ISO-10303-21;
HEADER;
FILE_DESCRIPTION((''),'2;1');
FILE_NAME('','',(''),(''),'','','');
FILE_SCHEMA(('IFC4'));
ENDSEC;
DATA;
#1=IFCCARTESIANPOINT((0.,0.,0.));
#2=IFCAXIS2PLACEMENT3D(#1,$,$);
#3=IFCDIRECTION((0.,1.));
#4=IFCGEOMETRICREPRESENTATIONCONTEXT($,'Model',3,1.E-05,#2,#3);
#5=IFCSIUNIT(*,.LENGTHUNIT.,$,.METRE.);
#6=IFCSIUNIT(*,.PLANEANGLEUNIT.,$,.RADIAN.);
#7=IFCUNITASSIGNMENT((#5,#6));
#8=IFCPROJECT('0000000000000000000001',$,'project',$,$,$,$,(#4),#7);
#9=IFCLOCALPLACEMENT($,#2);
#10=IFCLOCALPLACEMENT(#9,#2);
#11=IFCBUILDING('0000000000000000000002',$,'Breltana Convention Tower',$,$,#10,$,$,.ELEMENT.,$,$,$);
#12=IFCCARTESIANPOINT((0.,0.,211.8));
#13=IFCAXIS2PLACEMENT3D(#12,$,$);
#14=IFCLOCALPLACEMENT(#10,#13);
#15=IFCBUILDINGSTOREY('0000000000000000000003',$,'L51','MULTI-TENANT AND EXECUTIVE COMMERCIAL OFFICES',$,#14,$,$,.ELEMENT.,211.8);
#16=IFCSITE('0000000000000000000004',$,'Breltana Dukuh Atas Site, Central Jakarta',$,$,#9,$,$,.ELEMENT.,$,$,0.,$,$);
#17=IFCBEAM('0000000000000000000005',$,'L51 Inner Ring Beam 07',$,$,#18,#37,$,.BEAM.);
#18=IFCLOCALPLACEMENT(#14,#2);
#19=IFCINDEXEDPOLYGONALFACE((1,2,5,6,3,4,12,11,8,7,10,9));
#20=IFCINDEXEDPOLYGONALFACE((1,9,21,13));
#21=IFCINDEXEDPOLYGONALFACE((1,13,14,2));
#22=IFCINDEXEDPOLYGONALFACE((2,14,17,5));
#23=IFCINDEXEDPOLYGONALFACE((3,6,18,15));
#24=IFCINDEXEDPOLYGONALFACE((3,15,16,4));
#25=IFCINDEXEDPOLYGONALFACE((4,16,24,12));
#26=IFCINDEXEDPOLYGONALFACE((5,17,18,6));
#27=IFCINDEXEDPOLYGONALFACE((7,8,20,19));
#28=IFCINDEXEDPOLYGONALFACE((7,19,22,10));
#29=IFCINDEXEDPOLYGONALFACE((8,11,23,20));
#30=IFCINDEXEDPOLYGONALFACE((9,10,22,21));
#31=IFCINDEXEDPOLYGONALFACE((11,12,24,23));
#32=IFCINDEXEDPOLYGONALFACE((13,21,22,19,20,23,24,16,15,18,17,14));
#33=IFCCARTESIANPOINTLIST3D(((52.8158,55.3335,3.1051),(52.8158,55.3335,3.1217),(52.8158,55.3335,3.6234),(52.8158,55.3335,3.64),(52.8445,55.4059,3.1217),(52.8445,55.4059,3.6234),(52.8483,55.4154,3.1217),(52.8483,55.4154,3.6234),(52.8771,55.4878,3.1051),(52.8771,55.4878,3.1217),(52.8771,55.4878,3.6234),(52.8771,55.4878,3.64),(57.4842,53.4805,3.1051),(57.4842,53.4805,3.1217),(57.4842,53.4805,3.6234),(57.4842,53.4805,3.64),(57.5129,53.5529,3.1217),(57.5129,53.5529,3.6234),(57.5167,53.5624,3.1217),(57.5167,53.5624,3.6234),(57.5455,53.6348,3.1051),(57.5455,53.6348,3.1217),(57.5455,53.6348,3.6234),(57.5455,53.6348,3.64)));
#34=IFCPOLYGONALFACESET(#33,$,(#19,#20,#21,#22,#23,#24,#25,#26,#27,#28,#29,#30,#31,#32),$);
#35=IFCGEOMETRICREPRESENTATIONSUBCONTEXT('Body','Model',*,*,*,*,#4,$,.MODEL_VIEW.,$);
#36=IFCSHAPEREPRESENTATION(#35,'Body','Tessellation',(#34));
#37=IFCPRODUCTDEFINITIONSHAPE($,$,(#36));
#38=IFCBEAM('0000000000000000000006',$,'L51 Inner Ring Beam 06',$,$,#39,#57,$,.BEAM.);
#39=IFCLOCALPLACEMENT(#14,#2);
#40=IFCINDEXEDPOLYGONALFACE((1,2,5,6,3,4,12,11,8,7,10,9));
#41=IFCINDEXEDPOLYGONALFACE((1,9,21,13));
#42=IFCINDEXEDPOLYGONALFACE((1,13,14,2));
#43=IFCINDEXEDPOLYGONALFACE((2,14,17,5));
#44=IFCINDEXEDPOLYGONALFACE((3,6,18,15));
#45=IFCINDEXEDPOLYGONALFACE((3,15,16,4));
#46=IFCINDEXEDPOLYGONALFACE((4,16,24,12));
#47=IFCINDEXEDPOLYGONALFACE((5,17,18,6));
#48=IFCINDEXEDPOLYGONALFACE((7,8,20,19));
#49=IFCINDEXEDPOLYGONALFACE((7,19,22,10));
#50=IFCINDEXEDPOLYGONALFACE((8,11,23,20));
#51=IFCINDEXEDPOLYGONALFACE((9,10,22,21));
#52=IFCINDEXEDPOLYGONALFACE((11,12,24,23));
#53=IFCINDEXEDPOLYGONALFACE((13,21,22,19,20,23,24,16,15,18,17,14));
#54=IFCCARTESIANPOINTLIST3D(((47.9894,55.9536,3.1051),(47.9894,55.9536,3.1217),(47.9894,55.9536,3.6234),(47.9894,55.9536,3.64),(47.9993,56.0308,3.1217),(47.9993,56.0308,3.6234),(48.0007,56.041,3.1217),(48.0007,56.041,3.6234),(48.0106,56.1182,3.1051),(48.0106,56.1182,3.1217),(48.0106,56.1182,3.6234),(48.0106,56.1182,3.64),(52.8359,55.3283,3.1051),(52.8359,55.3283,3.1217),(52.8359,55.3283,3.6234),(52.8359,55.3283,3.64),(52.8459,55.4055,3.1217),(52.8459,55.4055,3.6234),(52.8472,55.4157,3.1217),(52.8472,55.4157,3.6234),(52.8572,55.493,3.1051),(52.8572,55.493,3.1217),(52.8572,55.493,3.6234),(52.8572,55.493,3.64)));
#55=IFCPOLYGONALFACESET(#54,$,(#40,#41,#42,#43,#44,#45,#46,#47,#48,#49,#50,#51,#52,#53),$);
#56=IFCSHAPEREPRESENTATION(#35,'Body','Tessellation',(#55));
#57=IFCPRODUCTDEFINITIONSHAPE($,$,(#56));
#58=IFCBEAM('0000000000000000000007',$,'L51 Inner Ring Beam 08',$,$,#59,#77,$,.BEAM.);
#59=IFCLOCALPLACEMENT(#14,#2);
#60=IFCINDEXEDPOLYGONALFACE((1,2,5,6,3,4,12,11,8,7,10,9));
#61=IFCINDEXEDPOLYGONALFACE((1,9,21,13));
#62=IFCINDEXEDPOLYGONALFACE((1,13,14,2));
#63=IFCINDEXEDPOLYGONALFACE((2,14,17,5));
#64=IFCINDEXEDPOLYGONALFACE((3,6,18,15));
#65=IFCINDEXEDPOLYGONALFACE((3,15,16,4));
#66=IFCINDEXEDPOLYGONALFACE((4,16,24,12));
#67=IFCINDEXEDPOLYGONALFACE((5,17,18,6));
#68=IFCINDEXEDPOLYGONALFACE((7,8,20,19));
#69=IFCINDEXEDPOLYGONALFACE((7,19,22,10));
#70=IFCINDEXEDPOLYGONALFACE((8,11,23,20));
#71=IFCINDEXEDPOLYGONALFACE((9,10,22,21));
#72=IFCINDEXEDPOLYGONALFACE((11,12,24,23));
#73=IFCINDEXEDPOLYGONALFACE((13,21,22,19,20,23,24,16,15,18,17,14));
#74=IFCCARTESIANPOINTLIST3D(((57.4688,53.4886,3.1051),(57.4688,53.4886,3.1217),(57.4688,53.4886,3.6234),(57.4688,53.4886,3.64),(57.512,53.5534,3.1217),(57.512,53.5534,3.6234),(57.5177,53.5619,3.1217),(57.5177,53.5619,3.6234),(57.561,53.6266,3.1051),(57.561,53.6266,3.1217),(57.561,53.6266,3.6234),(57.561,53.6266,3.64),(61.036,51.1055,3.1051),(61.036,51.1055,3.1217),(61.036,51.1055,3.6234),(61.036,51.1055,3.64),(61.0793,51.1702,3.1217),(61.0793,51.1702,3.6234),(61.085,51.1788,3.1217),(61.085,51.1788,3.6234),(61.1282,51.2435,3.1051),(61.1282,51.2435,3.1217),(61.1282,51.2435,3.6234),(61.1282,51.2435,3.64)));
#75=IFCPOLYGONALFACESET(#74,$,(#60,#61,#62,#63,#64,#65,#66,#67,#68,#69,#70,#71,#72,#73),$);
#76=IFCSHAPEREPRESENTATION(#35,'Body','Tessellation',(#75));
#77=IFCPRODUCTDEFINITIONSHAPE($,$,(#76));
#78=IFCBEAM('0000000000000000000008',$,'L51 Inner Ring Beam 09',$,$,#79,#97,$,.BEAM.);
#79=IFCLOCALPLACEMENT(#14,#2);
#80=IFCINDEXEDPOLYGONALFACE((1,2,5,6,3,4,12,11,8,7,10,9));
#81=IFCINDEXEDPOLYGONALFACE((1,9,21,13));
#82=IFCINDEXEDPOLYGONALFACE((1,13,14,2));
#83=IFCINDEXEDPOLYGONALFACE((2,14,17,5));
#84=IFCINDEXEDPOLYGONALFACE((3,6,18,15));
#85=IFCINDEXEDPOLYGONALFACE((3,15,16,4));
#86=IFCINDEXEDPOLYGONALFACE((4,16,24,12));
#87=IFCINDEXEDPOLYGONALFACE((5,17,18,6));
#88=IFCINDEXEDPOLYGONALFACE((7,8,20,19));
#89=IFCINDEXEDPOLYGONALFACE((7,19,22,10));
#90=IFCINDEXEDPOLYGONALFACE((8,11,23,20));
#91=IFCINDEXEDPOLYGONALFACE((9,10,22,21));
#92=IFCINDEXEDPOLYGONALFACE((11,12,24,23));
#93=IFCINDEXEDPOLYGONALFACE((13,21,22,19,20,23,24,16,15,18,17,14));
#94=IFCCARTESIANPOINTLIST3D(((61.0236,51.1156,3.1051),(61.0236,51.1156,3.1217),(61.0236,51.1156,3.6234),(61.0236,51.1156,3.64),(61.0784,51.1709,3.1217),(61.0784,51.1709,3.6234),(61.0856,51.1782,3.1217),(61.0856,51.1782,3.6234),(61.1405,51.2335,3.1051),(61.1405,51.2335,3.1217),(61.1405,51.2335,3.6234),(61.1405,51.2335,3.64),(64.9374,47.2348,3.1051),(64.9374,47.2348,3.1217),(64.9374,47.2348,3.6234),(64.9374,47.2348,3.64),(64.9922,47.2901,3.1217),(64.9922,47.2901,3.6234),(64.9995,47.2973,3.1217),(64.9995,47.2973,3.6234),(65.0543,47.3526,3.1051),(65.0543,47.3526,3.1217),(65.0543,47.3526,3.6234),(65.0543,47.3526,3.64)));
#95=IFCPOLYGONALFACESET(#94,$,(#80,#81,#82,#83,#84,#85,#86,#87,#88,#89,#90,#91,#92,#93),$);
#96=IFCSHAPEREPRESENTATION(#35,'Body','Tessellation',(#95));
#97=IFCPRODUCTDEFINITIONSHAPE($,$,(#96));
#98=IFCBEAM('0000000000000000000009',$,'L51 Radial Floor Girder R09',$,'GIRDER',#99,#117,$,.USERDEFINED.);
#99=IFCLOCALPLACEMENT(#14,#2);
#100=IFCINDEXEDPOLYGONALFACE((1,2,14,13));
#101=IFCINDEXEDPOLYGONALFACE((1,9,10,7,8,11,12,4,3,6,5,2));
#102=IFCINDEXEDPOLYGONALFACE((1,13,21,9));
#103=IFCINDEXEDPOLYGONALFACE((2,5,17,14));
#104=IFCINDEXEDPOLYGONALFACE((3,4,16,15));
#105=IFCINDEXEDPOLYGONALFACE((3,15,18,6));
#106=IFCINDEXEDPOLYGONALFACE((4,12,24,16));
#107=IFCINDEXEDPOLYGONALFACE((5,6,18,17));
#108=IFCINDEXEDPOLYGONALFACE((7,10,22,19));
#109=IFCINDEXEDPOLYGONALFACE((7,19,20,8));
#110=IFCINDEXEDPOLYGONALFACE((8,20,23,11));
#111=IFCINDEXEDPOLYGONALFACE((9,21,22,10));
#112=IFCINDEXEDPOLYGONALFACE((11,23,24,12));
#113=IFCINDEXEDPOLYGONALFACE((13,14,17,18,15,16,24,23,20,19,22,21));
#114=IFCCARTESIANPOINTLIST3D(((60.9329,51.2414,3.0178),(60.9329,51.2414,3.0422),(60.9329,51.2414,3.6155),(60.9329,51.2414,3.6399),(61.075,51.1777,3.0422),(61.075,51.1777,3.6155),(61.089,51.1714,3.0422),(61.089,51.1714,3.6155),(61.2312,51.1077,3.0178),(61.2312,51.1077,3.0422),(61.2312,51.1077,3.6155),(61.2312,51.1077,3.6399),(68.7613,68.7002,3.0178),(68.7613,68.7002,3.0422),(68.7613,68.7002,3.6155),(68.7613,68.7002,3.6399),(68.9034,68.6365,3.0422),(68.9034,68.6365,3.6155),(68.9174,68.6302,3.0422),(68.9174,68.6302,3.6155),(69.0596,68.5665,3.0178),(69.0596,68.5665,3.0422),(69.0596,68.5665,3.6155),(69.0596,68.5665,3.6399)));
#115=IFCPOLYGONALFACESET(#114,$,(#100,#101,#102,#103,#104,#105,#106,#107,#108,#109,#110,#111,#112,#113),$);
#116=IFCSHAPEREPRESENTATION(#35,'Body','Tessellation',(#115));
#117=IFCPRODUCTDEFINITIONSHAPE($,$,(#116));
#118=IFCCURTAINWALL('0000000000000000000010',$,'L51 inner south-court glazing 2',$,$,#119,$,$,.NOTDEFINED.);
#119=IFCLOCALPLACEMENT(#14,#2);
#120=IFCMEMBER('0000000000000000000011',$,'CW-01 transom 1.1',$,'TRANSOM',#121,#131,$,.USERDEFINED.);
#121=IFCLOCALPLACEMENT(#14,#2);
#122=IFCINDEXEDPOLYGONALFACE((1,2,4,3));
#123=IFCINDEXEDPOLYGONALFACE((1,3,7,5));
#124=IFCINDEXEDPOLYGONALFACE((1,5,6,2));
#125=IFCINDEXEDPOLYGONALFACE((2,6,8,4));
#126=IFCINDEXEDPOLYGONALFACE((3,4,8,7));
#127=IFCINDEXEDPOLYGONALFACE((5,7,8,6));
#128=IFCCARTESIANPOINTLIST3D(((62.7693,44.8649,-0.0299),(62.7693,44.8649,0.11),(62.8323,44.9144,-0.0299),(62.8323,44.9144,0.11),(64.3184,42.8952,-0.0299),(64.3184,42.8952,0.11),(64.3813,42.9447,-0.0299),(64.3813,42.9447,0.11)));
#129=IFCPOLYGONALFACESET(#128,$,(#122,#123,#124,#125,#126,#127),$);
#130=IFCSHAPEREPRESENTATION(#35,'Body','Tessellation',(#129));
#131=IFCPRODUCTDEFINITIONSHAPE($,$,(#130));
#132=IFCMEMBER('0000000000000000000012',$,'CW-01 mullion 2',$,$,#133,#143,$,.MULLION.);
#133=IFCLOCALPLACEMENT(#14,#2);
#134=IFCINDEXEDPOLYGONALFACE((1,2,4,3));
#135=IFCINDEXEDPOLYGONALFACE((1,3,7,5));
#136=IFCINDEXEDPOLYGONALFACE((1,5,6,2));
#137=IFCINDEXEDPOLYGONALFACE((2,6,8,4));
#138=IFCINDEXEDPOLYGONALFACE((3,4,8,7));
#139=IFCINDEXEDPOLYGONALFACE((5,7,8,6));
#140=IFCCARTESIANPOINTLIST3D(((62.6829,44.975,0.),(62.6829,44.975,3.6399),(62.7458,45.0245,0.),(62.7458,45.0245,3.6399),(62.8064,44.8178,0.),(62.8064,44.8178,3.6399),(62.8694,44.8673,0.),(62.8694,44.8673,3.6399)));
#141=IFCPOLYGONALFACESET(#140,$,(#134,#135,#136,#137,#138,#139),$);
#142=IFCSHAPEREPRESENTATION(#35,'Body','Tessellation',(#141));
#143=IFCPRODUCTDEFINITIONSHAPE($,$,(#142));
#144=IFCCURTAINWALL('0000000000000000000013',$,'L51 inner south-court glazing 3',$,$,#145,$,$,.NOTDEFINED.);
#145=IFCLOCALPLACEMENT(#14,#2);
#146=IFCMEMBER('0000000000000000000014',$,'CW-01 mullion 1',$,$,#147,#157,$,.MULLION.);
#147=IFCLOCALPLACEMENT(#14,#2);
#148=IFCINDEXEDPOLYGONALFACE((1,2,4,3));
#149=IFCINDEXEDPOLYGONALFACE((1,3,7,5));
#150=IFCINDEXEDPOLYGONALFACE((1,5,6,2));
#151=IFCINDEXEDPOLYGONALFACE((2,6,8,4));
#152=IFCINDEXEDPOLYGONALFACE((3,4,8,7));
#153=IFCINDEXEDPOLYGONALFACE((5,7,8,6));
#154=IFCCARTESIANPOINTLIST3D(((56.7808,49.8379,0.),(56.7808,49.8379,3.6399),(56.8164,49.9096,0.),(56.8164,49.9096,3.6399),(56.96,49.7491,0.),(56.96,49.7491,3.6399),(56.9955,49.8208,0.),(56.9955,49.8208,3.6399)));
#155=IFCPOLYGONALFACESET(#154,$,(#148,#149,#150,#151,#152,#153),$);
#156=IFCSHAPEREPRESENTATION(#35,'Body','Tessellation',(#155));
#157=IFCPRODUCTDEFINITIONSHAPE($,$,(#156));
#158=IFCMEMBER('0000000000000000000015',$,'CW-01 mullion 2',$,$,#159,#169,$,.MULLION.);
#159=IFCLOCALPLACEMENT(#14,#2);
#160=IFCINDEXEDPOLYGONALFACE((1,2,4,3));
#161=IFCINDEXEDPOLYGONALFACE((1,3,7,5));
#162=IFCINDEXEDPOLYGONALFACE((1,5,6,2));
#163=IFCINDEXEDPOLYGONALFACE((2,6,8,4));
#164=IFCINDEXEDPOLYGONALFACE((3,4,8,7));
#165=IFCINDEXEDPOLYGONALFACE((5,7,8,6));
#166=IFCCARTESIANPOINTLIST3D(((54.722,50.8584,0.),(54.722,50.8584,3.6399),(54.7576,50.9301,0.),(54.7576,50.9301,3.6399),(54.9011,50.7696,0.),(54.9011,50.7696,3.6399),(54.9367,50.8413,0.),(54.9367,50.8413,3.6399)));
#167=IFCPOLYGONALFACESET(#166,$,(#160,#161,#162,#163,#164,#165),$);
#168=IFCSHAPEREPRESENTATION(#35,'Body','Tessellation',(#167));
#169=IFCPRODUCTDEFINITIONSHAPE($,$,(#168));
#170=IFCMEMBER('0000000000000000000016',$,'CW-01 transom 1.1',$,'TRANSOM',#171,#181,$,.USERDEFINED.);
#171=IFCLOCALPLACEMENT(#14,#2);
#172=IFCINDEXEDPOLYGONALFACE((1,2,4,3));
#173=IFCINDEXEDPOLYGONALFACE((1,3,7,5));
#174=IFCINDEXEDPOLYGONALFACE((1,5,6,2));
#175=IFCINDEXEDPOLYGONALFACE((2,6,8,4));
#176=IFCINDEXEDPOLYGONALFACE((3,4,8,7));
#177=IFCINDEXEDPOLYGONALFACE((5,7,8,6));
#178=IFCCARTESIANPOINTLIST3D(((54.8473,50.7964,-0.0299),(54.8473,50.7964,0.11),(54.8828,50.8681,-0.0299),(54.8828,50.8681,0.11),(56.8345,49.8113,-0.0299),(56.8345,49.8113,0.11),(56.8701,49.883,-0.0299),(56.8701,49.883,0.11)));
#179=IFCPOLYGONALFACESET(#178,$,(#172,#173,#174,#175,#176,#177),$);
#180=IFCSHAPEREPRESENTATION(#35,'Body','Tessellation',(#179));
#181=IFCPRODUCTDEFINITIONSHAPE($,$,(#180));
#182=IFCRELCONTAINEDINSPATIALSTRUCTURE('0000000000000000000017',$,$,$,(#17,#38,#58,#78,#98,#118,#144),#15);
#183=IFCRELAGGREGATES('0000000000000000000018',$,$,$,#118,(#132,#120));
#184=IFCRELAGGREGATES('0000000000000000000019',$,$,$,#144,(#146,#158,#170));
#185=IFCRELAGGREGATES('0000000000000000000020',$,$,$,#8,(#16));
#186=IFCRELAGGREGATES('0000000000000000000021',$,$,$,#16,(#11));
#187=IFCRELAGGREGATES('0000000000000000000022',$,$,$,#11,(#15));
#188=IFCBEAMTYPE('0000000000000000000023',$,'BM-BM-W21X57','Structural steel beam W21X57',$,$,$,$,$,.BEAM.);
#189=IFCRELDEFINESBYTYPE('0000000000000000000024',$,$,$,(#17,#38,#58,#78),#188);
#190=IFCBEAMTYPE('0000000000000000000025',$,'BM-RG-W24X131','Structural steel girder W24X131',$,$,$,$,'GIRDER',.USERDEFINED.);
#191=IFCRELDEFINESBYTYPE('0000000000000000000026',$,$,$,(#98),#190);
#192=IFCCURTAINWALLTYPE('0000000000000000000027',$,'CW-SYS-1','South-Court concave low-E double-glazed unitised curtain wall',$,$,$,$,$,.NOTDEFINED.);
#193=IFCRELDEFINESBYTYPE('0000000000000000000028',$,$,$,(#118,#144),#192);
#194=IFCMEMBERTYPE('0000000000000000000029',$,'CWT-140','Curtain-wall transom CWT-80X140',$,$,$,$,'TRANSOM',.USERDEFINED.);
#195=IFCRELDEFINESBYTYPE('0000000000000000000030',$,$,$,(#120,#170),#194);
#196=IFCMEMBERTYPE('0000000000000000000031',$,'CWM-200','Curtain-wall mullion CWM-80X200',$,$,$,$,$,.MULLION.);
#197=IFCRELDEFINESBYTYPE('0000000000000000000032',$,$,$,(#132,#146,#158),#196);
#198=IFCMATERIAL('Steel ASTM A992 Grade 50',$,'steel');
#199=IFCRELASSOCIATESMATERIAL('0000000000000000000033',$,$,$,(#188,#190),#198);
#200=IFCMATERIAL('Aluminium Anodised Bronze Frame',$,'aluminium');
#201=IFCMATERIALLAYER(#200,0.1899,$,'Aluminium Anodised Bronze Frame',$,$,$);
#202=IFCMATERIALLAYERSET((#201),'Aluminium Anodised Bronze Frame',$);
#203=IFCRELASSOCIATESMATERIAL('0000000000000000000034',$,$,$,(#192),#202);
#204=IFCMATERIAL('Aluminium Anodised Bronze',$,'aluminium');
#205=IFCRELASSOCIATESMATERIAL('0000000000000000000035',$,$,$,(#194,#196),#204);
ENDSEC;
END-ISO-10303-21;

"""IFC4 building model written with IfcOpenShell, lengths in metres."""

from ifc_helpers import new_model, si_unit, direction, frame, origin, origin_2d, place, context, subcontext, project, spatial, rectangle, i_section, extrude, source, transform, mapped, material, layer, layer_set, material_profile, profile_set, type_object, element, aggregate, save


model = new_model("IFC4")

# Units and contexts
model_context = context("Model", 3, precision=1e-05, world=origin(), true_north=direction((0.0, 1.0)))
body_context = subcontext(model_context, "Body", "Model", "MODEL_VIEW")
ifc_project = project(units=[si_unit("LENGTHUNIT", "METRE"), si_unit("PLANEANGLEUNIT", "RADIAN")], contexts=[model_context])

# Site, building, storey
site_placement = place(None, origin())
site = spatial("IfcSite", under=ifc_project, at=site_placement, Name="Breltana Dukuh Atas Site, Central Jakarta", CompositionType="ELEMENT", RefElevation=0.0)
building_placement = place(site_placement, origin())
building = spatial("IfcBuilding", under=site, at=building_placement, Name="Breltana Convention Tower", CompositionType="ELEMENT")
storey_placement = place(building_placement, frame((0.0, 0.0, 211.8)))
storey = spatial("IfcBuildingStorey", under=building, at=storey_placement, Name="L51", Description="MULTI-TENANT AND EXECUTIVE COMMERCIAL OFFICES", CompositionType="ELEMENT", Elevation=211.8)

# Shared definitions
ifc_material_1 = material(Name="Steel ASTM A992 Grade 50", Category="steel")

# Beams
ifc_material_profile_1 = material_profile(ifc_material_1, i_section(OverallWidth=0.166, OverallDepth=0.5349, WebThickness=0.0103, FlangeThickness=0.0166, at=origin_2d()), Name="W21X57")
ifc_profile_set_1 = profile_set([ifc_material_profile_1], Name="Steel ASTM A992 Grade 50")
beam_type_1 = type_object("IfcBeamType", Name="BM-BM-W21X57", Description="Structural steel beam W21X57", PredefinedType="BEAM", material=ifc_profile_set_1)
shared_shape_1 = source(origin(), body_context, "Body", "SweptSolid", [
    extrude(i_section(OverallWidth=0.166, OverallDepth=0.5349, WebThickness=0.0103, FlangeThickness=0.0166, at=origin_2d()), origin(), (0.0, 0.0, 1.0), 5.0227),
])
beam_1_placement = place(storey_placement, frame((52.8464, 55.4106, 3.3726), z_axis=(0.929459, -0.368926, 0.0), x_axis=(0.368926, 0.929459, 0.0)))
element("IfcBeam", 1, at=beam_1_placement, inside=storey, type_object=beam_type_1, Name="L51 Inner Ring Beam 07", PredefinedType="BEAM", context=body_context, shape_type="MappedRepresentation", body=[
    mapped(shared_shape_1, transform((0.0, 0.0, 0.0), scale=1.0)),
])
shared_shape_2 = source(origin(), body_context, "Body", "SweptSolid", [
    extrude(i_section(OverallWidth=0.166, OverallDepth=0.5349, WebThickness=0.0103, FlangeThickness=0.0166, at=origin_2d()), origin(), (0.0, 0.0, 1.0), 4.8867),
])
beam_2_placement = place(storey_placement, frame((48.0, 56.0359, 3.3726), z_axis=(0.991781, -0.127951, 0.0), x_axis=(0.127951, 0.991781, 0.0)))
element("IfcBeam", 2, at=beam_2_placement, inside=storey, type_object=beam_type_1, Name="L51 Inner Ring Beam 06", PredefinedType="BEAM", context=body_context, shape_type="MappedRepresentation", body=[
    mapped(shared_shape_2, transform((0.0, 0.0, 0.0), scale=1.0)),
])
shared_shape_3 = source(origin(), body_context, "Body", "SweptSolid", [
    extrude(i_section(OverallWidth=0.166, OverallDepth=0.5349, WebThickness=0.0103, FlangeThickness=0.0166, at=origin_2d()), origin(), (0.0, 0.0, 1.0), 4.29),
])
beam_3_placement = place(storey_placement, frame((57.5149, 53.5576, 3.3726), z_axis=(0.831516, -0.555501, 0.0), x_axis=(0.555501, 0.831516, 0.0)))
element("IfcBeam", 3, at=beam_3_placement, inside=storey, type_object=beam_type_1, Name="L51 Inner Ring Beam 08", PredefinedType="BEAM", context=body_context, shape_type="MappedRepresentation", body=[
    mapped(shared_shape_3, transform((0.0, 0.0, 0.0), scale=1.0)),
])
shared_shape_4 = source(origin(), body_context, "Body", "SweptSolid", [
    extrude(i_section(OverallWidth=0.166, OverallDepth=0.5349, WebThickness=0.0103, FlangeThickness=0.0166, at=origin_2d()), origin(), (0.0, 0.0, 1.0), 5.5117),
])
beam_4_placement = place(storey_placement, frame((61.082, 51.1746, 3.3726), z_axis=(0.71009, -0.704111, 0.0), x_axis=(0.704111, 0.71009, 0.0)))
element("IfcBeam", 4, at=beam_4_placement, inside=storey, type_object=beam_type_1, Name="L51 Inner Ring Beam 09", PredefinedType="BEAM", context=body_context, shape_type="MappedRepresentation", body=[
    mapped(shared_shape_4, transform((0.0, 0.0, 0.0), scale=1.0)),
])
ifc_material_profile_2 = material_profile(ifc_material_1, i_section(OverallWidth=0.3269, OverallDepth=0.6221, WebThickness=0.0154, FlangeThickness=0.0244, at=origin_2d()), Name="W24X131")
ifc_profile_set_2 = profile_set([ifc_material_profile_2], Name="Steel ASTM A992 Grade 50")
beam_type_2 = type_object("IfcBeamType", Name="BM-RG-W24X131", Description="Structural steel girder W24X131", ElementType="GIRDER", PredefinedType="USERDEFINED", material=ifc_profile_set_2)
shared_shape_5 = source(origin(), body_context, "Body", "SweptSolid", [
    extrude(i_section(OverallWidth=0.3269, OverallDepth=0.6221, WebThickness=0.0154, FlangeThickness=0.0244, at=origin_2d()), origin(), (0.0, 0.0, 1.0), 19.1335),
])
beam_5_placement = place(storey_placement, frame((61.082, 51.1746, 3.3289), z_axis=(0.409145, 0.91247, 0.0), x_axis=(-0.91247, 0.409145, 0.0)))
element("IfcBeam", 5, at=beam_5_placement, inside=storey, type_object=beam_type_2, Name="L51 Radial Floor Girder R09", ObjectType="GIRDER", PredefinedType="USERDEFINED", context=body_context, shape_type="MappedRepresentation", body=[
    mapped(shared_shape_5, transform((0.0, 0.0, 0.0), scale=1.0)),
])

# Curtain walls, members
ifc_material_2 = material(Name="Aluminium Anodised Bronze Frame", Category="aluminium")
ifc_layer_1 = layer(ifc_material_2, 0.1899, Name="Aluminium Anodised Bronze Frame")
ifc_layer_set_1 = layer_set([ifc_layer_1], Name="Aluminium Anodised Bronze Frame")
curtain_wall_type = type_object("IfcCurtainWallType", Name="CW-SYS-1", Description="South-Court concave low-E double-glazed unitised curtain wall", PredefinedType="NOTDEFINED", material=ifc_layer_set_1)
curtain_wall_1_placement = place(storey_placement, origin())
curtain_wall_1 = element("IfcCurtainWall", 6, at=curtain_wall_1_placement, inside=storey, type_object=curtain_wall_type, Name="L51 inner south-court glazing 2", PredefinedType="NOTDEFINED")
ifc_material_3 = material(Name="Aluminium Anodised Bronze", Category="aluminium")
ifc_material_profile_3 = material_profile(ifc_material_3, rectangle(XDim=0.0801, YDim=0.1399, at=origin_2d()), Name="CWT-80X140")
ifc_profile_set_3 = profile_set([ifc_material_profile_3], Name="Aluminium Anodised Bronze")
member_type_1 = type_object("IfcMemberType", Name="CWT-140", Description="Curtain-wall transom CWT-80X140", ElementType="TRANSOM", PredefinedType="USERDEFINED", material=ifc_profile_set_3)
shared_shape_6 = source(origin(), body_context, "Body", "SweptSolid", [
    extrude(rectangle(XDim=0.0801, YDim=0.1399, at=origin_2d()), origin(), (0.0, 0.0, 1.0), 2.5059),
])
member_1_placement = place(storey_placement, frame((64.3499, 42.9199, 0.04), z_axis=(-0.618174, 0.786041, 0.0), x_axis=(-0.786041, -0.618174, 0.0)))
member_1 = element("IfcMember", 7, at=member_1_placement, type_object=member_type_1, Name="CW-01 transom 1.1", ObjectType="TRANSOM", PredefinedType="USERDEFINED", context=body_context, shape_type="MappedRepresentation", body=[
    mapped(shared_shape_6, transform((0.0, 0.0, 0.0), scale=1.0)),
])
ifc_material_profile_4 = material_profile(ifc_material_3, rectangle(XDim=0.0801, YDim=0.2, at=origin_2d()), Name="CWM-80X200")
ifc_profile_set_4 = profile_set([ifc_material_profile_4], Name="Aluminium Anodised Bronze")
member_type_2 = type_object("IfcMemberType", Name="CWM-200", Description="Curtain-wall mullion CWM-80X200", PredefinedType="MULLION", material=ifc_profile_set_4)
shared_shape_7 = source(origin(), body_context, "Body", "SweptSolid", [
    extrude(rectangle(XDim=0.0801, YDim=0.2, at=origin_2d()), origin(), (0.0, 0.0, 1.0), 3.6399),
])
member_2_placement = place(storey_placement, frame((62.7761, 44.9211, 0.0), z_axis=(0.0, 0.0, 1.0), x_axis=(-0.786061, -0.61815, 0.0)))
member_2 = element("IfcMember", 8, at=member_2_placement, type_object=member_type_2, Name="CW-01 mullion 2", PredefinedType="MULLION", context=body_context, shape_type="MappedRepresentation", body=[
    mapped(shared_shape_7, transform((0.0, 0.0, 0.0), scale=1.0)),
])
curtain_wall_2_placement = place(storey_placement, origin())
curtain_wall_2 = element("IfcCurtainWall", 9, at=curtain_wall_2_placement, inside=storey, type_object=curtain_wall_type, Name="L51 inner south-court glazing 3", PredefinedType="NOTDEFINED")
member_3_placement = place(storey_placement, frame((56.8882, 49.8293, 0.0), z_axis=(0.0, 0.0, 1.0), x_axis=(-0.444133, -0.895961, 0.0)))
member_3 = element("IfcMember", 10, at=member_3_placement, type_object=member_type_2, Name="CW-01 mullion 1", PredefinedType="MULLION", context=body_context, shape_type="MappedRepresentation", body=[
    mapped(shared_shape_7, transform((0.0, 0.0, 0.0), scale=1.0)),
])
member_4_placement = place(storey_placement, frame((54.8293, 50.8499, 0.0), z_axis=(0.0, 0.0, 1.0), x_axis=(-0.444133, -0.895961, 0.0)))
member_4 = element("IfcMember", 11, at=member_4_placement, type_object=member_type_2, Name="CW-01 mullion 2", PredefinedType="MULLION", context=body_context, shape_type="MappedRepresentation", body=[
    mapped(shared_shape_7, transform((0.0, 0.0, 0.0), scale=1.0)),
])
shared_shape_8 = source(origin(), body_context, "Body", "SweptSolid", [
    extrude(rectangle(XDim=0.0801, YDim=0.1399, at=origin_2d()), origin(), (0.0, 0.0, 1.0), 2.218),
])
member_5_placement = place(storey_placement, frame((56.8523, 49.8472, 0.04), z_axis=(-0.895963, 0.444129, 0.0), x_axis=(-0.444129, -0.895963, 0.0)))
member_5 = element("IfcMember", 12, at=member_5_placement, type_object=member_type_1, Name="CW-01 transom 1.1", ObjectType="TRANSOM", PredefinedType="USERDEFINED", context=body_context, shape_type="MappedRepresentation", body=[
    mapped(shared_shape_8, transform((0.0, 0.0, 0.0), scale=1.0)),
])

aggregate(curtain_wall_1, [member_2, member_1])
aggregate(curtain_wall_2, [member_3, member_4, member_5])

save(model, "model.ifc")
